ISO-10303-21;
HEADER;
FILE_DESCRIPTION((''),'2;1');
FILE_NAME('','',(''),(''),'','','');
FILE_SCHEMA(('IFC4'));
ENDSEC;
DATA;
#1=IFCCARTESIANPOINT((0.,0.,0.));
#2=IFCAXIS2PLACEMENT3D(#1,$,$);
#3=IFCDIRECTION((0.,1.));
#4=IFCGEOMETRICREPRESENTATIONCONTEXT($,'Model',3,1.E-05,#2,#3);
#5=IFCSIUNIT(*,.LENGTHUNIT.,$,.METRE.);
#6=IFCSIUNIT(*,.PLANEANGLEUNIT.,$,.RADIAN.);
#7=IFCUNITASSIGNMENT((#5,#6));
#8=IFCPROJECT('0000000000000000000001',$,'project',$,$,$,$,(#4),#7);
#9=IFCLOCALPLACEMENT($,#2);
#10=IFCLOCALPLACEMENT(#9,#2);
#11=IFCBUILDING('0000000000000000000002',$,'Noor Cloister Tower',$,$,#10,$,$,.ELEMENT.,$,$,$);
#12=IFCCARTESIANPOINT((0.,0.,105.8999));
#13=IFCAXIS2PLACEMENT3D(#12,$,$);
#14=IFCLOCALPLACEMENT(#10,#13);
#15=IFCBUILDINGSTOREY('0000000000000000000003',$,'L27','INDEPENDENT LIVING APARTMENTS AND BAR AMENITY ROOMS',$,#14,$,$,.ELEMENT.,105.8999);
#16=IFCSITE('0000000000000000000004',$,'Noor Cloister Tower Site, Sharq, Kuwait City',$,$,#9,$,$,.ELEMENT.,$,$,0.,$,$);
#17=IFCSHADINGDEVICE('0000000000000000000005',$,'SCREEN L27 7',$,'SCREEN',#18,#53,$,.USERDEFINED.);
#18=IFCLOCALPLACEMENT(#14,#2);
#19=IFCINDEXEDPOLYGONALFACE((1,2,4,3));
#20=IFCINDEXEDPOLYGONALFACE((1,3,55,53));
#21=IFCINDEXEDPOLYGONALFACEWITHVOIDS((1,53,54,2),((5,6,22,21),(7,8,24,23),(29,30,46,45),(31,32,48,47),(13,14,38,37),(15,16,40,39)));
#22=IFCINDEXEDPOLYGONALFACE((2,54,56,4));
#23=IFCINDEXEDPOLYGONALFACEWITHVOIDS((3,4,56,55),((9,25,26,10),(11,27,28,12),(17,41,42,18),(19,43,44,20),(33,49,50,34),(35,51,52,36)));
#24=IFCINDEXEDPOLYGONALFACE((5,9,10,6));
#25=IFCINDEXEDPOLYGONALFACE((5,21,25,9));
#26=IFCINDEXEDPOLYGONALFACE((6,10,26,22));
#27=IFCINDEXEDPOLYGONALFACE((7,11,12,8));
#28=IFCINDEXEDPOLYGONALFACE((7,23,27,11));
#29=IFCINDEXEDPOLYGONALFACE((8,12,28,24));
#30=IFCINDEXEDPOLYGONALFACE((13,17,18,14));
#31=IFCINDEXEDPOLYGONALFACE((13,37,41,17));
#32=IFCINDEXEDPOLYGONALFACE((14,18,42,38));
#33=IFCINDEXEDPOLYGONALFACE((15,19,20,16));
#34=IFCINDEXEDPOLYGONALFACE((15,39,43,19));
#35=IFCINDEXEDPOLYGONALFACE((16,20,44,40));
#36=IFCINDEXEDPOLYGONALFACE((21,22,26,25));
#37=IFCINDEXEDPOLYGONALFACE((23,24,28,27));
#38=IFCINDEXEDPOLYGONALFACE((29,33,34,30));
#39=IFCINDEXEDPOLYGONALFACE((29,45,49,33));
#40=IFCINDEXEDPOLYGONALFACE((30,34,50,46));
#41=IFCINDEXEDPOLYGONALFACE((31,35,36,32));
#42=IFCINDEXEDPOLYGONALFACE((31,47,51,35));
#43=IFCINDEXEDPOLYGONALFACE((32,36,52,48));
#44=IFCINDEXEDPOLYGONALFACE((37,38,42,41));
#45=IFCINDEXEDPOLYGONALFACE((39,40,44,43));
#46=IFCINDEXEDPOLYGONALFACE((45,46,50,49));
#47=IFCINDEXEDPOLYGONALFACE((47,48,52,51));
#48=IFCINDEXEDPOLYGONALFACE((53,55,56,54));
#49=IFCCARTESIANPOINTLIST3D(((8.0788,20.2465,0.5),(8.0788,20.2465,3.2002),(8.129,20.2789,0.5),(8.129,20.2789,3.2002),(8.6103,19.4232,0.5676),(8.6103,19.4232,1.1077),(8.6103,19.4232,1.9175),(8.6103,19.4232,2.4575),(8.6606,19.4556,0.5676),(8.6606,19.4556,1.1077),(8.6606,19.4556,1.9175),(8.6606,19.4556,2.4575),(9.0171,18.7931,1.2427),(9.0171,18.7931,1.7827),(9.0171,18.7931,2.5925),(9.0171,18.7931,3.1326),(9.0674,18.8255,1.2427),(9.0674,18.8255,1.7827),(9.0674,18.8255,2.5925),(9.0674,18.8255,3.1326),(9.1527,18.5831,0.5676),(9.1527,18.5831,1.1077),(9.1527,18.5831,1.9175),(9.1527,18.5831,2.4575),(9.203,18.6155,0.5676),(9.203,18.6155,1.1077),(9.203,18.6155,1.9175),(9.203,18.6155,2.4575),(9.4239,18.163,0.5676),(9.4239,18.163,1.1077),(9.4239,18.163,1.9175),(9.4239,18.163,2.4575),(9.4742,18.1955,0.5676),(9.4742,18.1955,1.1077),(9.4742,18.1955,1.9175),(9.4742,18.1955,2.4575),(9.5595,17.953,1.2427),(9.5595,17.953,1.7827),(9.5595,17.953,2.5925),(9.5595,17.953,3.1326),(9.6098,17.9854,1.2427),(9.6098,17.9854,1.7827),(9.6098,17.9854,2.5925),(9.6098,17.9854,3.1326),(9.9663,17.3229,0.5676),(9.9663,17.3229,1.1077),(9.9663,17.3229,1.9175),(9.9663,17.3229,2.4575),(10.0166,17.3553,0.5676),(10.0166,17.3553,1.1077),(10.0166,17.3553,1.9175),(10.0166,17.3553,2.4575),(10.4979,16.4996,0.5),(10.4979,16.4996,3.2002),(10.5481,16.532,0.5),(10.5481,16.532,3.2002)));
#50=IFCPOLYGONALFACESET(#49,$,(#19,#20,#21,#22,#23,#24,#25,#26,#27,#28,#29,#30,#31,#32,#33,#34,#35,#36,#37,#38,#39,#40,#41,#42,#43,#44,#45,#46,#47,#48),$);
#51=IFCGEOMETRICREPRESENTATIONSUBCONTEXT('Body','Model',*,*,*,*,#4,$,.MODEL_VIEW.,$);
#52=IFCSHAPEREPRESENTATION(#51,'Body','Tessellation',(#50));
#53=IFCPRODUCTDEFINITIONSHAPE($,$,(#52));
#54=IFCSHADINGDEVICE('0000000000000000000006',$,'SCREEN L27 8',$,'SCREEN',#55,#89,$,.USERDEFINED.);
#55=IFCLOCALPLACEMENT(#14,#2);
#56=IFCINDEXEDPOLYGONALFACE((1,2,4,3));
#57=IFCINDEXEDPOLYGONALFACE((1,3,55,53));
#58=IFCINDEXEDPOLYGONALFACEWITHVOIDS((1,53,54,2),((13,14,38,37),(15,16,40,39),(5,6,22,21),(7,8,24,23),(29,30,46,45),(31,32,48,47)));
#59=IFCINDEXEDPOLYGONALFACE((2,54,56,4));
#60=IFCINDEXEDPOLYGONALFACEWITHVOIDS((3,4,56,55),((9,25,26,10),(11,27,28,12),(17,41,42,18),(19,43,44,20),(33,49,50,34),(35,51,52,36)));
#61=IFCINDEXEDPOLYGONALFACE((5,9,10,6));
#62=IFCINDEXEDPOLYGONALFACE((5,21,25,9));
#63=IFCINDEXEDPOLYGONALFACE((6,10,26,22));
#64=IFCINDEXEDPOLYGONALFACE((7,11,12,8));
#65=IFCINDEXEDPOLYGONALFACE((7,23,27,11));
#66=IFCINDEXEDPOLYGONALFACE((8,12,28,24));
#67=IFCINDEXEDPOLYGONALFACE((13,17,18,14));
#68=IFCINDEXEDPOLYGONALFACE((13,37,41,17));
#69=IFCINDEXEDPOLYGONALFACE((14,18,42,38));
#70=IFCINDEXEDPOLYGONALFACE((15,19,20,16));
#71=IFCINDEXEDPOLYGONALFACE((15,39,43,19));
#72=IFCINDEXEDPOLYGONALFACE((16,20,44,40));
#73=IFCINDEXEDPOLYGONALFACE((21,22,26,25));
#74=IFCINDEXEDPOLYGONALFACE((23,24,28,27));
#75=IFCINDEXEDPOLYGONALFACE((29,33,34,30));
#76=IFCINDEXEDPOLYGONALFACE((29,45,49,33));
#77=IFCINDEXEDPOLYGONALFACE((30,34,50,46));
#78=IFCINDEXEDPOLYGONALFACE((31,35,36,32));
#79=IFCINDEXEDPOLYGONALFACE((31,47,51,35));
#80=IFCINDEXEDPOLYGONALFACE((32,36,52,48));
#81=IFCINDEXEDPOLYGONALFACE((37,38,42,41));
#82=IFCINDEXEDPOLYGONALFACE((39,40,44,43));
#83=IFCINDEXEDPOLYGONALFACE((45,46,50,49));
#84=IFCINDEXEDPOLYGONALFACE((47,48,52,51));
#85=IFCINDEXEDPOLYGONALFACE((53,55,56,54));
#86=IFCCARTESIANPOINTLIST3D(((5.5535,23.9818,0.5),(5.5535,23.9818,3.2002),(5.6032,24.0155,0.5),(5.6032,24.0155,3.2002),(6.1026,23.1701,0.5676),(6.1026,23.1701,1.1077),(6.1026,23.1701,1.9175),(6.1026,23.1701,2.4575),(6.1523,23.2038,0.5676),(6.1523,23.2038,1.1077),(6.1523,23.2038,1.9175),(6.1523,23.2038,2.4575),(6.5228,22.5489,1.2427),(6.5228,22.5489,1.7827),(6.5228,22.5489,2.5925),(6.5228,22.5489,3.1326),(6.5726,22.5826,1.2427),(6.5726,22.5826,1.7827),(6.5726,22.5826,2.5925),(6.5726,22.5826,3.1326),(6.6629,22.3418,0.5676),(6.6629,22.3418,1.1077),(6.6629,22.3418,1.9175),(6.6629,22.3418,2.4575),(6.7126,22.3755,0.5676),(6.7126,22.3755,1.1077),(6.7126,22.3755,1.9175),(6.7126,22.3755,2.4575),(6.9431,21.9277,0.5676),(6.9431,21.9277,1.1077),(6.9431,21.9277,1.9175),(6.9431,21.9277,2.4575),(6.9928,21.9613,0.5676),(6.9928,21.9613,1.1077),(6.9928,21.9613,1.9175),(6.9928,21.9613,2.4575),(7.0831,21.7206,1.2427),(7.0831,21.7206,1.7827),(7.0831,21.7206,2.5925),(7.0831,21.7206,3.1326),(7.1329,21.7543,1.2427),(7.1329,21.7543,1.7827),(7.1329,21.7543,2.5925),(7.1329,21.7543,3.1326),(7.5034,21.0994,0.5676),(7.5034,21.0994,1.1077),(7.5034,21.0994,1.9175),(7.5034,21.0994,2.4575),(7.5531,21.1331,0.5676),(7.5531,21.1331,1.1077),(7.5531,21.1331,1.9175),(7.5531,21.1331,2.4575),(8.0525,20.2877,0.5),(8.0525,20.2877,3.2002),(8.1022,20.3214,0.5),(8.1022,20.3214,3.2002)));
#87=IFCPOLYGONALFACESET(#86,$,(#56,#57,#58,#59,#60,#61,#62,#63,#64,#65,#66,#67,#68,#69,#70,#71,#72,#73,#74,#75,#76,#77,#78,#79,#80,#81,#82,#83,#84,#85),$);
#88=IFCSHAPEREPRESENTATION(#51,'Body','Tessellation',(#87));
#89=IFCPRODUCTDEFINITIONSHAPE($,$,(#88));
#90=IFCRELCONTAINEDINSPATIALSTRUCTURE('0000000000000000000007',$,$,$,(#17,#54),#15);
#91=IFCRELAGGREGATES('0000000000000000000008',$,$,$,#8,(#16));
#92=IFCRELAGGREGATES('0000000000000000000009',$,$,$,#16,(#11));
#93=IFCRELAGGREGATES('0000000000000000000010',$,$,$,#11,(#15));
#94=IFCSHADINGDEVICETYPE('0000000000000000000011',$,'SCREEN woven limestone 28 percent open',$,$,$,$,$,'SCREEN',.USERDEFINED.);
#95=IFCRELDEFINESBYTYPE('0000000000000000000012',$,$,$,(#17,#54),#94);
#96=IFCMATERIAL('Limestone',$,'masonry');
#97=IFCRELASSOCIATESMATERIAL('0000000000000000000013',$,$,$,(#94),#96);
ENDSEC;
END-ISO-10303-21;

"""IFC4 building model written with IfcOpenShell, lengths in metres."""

from ifc_helpers import new_model, si_unit, direction, frame, origin, place, context, subcontext, project, spatial, polyline, outline, extrude, material, material_profile, profile_set, type_object, element, save


model = new_model("IFC4")

# Units and contexts
model_context = context("Model", 3, precision=1e-05, world=origin(), true_north=direction((0.0, 1.0)))
body_context = subcontext(model_context, "Body", "Model", "MODEL_VIEW")
ifc_project = project(units=[si_unit("LENGTHUNIT", "METRE"), si_unit("PLANEANGLEUNIT", "RADIAN")], contexts=[model_context])

# Site, building, storey
site_placement = place(None, origin())
site = spatial("IfcSite", under=ifc_project, at=site_placement, Name="Noor Cloister Tower Site, Sharq, Kuwait City", CompositionType="ELEMENT", RefElevation=0.0)
building_placement = place(site_placement, origin())
building = spatial("IfcBuilding", under=site, at=building_placement, Name="Noor Cloister Tower", CompositionType="ELEMENT")
storey_placement = place(building_placement, frame((0.0, 0.0, 105.8999)))
storey = spatial("IfcBuildingStorey", under=building, at=storey_placement, Name="L27", Description="INDEPENDENT LIVING APARTMENTS AND BAR AMENITY ROOMS", CompositionType="ELEMENT", Elevation=105.8999)

# Shading devices
ifc_material_1 = material(Name="Limestone", Category="masonry")
ifc_material_profile_1 = material_profile(ifc_material_1, outline(polyline([(-2.23, -1.3501), (2.23, -1.3501), (2.23, 1.3501), (-2.23, 1.3501), (-2.23, -1.3501)]), holes=[polyline([(-1.25, -1.2825), (-0.25, -1.2825), (-0.25, -0.7424), (-1.25, -0.7424), (-1.25, -1.2825)]), polyline([(0.25, -1.2825), (1.25, -1.2825), (1.25, -0.7424), (0.25, -0.7424), (0.25, -1.2825)]), polyline([(-0.5, -0.6074), (0.5, -0.6074), (0.5, -0.0674), (-0.5, -0.0674), (-0.5, -0.6074)]), polyline([(-1.25, 0.0674), (-0.25, 0.0674), (-0.25, 0.6074), (-1.25, 0.6074), (-1.25, 0.0674)]), polyline([(0.25, 0.0674), (1.25, 0.0674), (1.25, 0.6074), (0.25, 0.6074), (0.25, 0.0674)]), polyline([(-0.5, 0.7424), (0.5, 0.7424), (0.5, 1.2825), (-0.5, 1.2825), (-0.5, 0.7424)])]), Name="Woven screen 28 percent open")
ifc_profile_set_1 = profile_set([ifc_material_profile_1], Name="Limestone")
shading_device_type = type_object("IfcShadingDeviceType", Name="SCREEN woven limestone 28 percent open", ElementType="SCREEN", PredefinedType="USERDEFINED", material=ifc_profile_set_1)
shading_device_1_placement = place(storey_placement, frame((9.2883, 18.373, 1.8501), z_axis=(0.840117, 0.542406, 0.0), x_axis=(-0.542406, 0.840117, 0.0)))
element("IfcShadingDevice", 1, at=shading_device_1_placement, inside=storey, type_object=shading_device_type, Name="SCREEN L27 7", ObjectType="SCREEN", PredefinedType="USERDEFINED", context=body_context, shape_type="SweptSolid", body=[
    extrude(outline(polyline([(-2.23, -1.3501), (2.23, -1.3501), (2.23, 1.3501), (-2.23, 1.3501), (-2.23, -1.3501)]), holes=[polyline([(-1.25, -1.2825), (-0.25, -1.2825), (-0.25, -0.7424), (-1.25, -0.7424), (-1.25, -1.2825)]), polyline([(0.25, -1.2825), (1.25, -1.2825), (1.25, -0.7424), (0.25, -0.7424), (0.25, -1.2825)]), polyline([(-0.5, -0.6074), (0.5, -0.6074), (0.5, -0.0674), (-0.5, -0.0674), (-0.5, -0.6074)]), polyline([(-1.25, 0.0674), (-0.25, 0.0674), (-0.25, 0.6074), (-1.25, 0.6074), (-1.25, 0.0674)]), polyline([(0.25, 0.0674), (1.25, 0.0674), (1.25, 0.6074), (0.25, 0.6074), (0.25, 0.0674)]), polyline([(-0.5, 0.7424), (0.5, 0.7424), (0.5, 1.2825), (-0.5, 1.2825), (-0.5, 0.7424)])]), origin(), (0.0, 0.0, 1.0), 0.0598),
])
shading_device_2_placement = place(storey_placement, frame((6.803, 22.1348, 1.8501), z_axis=(0.828283, 0.560309, 0.0), x_axis=(-0.560309, 0.828283, 0.0)))
element("IfcShadingDevice", 2, at=shading_device_2_placement, inside=storey, type_object=shading_device_type, Name="SCREEN L27 8", ObjectType="SCREEN", PredefinedType="USERDEFINED", context=body_context, shape_type="SweptSolid", body=[
    extrude(outline(polyline([(-2.23, -1.3501), (2.23, -1.3501), (2.23, 1.3501), (-2.23, 1.3501), (-2.23, -1.3501)]), holes=[polyline([(-1.25, -1.2825), (-0.25, -1.2825), (-0.25, -0.7424), (-1.25, -0.7424), (-1.25, -1.2825)]), polyline([(0.25, -1.2825), (1.25, -1.2825), (1.25, -0.7424), (0.25, -0.7424), (0.25, -1.2825)]), polyline([(-0.5, -0.6074), (0.5, -0.6074), (0.5, -0.0674), (-0.5, -0.0674), (-0.5, -0.6074)]), polyline([(-1.25, 0.0674), (-0.25, 0.0674), (-0.25, 0.6074), (-1.25, 0.6074), (-1.25, 0.0674)]), polyline([(0.25, 0.0674), (1.25, 0.0674), (1.25, 0.6074), (0.25, 0.6074), (0.25, 0.0674)]), polyline([(-0.5, 0.7424), (0.5, 0.7424), (0.5, 1.2825), (-0.5, 1.2825), (-0.5, 0.7424)])]), origin(), (0.0, 0.0, 1.0), 0.0601),
])

save(model, "model.ifc")
